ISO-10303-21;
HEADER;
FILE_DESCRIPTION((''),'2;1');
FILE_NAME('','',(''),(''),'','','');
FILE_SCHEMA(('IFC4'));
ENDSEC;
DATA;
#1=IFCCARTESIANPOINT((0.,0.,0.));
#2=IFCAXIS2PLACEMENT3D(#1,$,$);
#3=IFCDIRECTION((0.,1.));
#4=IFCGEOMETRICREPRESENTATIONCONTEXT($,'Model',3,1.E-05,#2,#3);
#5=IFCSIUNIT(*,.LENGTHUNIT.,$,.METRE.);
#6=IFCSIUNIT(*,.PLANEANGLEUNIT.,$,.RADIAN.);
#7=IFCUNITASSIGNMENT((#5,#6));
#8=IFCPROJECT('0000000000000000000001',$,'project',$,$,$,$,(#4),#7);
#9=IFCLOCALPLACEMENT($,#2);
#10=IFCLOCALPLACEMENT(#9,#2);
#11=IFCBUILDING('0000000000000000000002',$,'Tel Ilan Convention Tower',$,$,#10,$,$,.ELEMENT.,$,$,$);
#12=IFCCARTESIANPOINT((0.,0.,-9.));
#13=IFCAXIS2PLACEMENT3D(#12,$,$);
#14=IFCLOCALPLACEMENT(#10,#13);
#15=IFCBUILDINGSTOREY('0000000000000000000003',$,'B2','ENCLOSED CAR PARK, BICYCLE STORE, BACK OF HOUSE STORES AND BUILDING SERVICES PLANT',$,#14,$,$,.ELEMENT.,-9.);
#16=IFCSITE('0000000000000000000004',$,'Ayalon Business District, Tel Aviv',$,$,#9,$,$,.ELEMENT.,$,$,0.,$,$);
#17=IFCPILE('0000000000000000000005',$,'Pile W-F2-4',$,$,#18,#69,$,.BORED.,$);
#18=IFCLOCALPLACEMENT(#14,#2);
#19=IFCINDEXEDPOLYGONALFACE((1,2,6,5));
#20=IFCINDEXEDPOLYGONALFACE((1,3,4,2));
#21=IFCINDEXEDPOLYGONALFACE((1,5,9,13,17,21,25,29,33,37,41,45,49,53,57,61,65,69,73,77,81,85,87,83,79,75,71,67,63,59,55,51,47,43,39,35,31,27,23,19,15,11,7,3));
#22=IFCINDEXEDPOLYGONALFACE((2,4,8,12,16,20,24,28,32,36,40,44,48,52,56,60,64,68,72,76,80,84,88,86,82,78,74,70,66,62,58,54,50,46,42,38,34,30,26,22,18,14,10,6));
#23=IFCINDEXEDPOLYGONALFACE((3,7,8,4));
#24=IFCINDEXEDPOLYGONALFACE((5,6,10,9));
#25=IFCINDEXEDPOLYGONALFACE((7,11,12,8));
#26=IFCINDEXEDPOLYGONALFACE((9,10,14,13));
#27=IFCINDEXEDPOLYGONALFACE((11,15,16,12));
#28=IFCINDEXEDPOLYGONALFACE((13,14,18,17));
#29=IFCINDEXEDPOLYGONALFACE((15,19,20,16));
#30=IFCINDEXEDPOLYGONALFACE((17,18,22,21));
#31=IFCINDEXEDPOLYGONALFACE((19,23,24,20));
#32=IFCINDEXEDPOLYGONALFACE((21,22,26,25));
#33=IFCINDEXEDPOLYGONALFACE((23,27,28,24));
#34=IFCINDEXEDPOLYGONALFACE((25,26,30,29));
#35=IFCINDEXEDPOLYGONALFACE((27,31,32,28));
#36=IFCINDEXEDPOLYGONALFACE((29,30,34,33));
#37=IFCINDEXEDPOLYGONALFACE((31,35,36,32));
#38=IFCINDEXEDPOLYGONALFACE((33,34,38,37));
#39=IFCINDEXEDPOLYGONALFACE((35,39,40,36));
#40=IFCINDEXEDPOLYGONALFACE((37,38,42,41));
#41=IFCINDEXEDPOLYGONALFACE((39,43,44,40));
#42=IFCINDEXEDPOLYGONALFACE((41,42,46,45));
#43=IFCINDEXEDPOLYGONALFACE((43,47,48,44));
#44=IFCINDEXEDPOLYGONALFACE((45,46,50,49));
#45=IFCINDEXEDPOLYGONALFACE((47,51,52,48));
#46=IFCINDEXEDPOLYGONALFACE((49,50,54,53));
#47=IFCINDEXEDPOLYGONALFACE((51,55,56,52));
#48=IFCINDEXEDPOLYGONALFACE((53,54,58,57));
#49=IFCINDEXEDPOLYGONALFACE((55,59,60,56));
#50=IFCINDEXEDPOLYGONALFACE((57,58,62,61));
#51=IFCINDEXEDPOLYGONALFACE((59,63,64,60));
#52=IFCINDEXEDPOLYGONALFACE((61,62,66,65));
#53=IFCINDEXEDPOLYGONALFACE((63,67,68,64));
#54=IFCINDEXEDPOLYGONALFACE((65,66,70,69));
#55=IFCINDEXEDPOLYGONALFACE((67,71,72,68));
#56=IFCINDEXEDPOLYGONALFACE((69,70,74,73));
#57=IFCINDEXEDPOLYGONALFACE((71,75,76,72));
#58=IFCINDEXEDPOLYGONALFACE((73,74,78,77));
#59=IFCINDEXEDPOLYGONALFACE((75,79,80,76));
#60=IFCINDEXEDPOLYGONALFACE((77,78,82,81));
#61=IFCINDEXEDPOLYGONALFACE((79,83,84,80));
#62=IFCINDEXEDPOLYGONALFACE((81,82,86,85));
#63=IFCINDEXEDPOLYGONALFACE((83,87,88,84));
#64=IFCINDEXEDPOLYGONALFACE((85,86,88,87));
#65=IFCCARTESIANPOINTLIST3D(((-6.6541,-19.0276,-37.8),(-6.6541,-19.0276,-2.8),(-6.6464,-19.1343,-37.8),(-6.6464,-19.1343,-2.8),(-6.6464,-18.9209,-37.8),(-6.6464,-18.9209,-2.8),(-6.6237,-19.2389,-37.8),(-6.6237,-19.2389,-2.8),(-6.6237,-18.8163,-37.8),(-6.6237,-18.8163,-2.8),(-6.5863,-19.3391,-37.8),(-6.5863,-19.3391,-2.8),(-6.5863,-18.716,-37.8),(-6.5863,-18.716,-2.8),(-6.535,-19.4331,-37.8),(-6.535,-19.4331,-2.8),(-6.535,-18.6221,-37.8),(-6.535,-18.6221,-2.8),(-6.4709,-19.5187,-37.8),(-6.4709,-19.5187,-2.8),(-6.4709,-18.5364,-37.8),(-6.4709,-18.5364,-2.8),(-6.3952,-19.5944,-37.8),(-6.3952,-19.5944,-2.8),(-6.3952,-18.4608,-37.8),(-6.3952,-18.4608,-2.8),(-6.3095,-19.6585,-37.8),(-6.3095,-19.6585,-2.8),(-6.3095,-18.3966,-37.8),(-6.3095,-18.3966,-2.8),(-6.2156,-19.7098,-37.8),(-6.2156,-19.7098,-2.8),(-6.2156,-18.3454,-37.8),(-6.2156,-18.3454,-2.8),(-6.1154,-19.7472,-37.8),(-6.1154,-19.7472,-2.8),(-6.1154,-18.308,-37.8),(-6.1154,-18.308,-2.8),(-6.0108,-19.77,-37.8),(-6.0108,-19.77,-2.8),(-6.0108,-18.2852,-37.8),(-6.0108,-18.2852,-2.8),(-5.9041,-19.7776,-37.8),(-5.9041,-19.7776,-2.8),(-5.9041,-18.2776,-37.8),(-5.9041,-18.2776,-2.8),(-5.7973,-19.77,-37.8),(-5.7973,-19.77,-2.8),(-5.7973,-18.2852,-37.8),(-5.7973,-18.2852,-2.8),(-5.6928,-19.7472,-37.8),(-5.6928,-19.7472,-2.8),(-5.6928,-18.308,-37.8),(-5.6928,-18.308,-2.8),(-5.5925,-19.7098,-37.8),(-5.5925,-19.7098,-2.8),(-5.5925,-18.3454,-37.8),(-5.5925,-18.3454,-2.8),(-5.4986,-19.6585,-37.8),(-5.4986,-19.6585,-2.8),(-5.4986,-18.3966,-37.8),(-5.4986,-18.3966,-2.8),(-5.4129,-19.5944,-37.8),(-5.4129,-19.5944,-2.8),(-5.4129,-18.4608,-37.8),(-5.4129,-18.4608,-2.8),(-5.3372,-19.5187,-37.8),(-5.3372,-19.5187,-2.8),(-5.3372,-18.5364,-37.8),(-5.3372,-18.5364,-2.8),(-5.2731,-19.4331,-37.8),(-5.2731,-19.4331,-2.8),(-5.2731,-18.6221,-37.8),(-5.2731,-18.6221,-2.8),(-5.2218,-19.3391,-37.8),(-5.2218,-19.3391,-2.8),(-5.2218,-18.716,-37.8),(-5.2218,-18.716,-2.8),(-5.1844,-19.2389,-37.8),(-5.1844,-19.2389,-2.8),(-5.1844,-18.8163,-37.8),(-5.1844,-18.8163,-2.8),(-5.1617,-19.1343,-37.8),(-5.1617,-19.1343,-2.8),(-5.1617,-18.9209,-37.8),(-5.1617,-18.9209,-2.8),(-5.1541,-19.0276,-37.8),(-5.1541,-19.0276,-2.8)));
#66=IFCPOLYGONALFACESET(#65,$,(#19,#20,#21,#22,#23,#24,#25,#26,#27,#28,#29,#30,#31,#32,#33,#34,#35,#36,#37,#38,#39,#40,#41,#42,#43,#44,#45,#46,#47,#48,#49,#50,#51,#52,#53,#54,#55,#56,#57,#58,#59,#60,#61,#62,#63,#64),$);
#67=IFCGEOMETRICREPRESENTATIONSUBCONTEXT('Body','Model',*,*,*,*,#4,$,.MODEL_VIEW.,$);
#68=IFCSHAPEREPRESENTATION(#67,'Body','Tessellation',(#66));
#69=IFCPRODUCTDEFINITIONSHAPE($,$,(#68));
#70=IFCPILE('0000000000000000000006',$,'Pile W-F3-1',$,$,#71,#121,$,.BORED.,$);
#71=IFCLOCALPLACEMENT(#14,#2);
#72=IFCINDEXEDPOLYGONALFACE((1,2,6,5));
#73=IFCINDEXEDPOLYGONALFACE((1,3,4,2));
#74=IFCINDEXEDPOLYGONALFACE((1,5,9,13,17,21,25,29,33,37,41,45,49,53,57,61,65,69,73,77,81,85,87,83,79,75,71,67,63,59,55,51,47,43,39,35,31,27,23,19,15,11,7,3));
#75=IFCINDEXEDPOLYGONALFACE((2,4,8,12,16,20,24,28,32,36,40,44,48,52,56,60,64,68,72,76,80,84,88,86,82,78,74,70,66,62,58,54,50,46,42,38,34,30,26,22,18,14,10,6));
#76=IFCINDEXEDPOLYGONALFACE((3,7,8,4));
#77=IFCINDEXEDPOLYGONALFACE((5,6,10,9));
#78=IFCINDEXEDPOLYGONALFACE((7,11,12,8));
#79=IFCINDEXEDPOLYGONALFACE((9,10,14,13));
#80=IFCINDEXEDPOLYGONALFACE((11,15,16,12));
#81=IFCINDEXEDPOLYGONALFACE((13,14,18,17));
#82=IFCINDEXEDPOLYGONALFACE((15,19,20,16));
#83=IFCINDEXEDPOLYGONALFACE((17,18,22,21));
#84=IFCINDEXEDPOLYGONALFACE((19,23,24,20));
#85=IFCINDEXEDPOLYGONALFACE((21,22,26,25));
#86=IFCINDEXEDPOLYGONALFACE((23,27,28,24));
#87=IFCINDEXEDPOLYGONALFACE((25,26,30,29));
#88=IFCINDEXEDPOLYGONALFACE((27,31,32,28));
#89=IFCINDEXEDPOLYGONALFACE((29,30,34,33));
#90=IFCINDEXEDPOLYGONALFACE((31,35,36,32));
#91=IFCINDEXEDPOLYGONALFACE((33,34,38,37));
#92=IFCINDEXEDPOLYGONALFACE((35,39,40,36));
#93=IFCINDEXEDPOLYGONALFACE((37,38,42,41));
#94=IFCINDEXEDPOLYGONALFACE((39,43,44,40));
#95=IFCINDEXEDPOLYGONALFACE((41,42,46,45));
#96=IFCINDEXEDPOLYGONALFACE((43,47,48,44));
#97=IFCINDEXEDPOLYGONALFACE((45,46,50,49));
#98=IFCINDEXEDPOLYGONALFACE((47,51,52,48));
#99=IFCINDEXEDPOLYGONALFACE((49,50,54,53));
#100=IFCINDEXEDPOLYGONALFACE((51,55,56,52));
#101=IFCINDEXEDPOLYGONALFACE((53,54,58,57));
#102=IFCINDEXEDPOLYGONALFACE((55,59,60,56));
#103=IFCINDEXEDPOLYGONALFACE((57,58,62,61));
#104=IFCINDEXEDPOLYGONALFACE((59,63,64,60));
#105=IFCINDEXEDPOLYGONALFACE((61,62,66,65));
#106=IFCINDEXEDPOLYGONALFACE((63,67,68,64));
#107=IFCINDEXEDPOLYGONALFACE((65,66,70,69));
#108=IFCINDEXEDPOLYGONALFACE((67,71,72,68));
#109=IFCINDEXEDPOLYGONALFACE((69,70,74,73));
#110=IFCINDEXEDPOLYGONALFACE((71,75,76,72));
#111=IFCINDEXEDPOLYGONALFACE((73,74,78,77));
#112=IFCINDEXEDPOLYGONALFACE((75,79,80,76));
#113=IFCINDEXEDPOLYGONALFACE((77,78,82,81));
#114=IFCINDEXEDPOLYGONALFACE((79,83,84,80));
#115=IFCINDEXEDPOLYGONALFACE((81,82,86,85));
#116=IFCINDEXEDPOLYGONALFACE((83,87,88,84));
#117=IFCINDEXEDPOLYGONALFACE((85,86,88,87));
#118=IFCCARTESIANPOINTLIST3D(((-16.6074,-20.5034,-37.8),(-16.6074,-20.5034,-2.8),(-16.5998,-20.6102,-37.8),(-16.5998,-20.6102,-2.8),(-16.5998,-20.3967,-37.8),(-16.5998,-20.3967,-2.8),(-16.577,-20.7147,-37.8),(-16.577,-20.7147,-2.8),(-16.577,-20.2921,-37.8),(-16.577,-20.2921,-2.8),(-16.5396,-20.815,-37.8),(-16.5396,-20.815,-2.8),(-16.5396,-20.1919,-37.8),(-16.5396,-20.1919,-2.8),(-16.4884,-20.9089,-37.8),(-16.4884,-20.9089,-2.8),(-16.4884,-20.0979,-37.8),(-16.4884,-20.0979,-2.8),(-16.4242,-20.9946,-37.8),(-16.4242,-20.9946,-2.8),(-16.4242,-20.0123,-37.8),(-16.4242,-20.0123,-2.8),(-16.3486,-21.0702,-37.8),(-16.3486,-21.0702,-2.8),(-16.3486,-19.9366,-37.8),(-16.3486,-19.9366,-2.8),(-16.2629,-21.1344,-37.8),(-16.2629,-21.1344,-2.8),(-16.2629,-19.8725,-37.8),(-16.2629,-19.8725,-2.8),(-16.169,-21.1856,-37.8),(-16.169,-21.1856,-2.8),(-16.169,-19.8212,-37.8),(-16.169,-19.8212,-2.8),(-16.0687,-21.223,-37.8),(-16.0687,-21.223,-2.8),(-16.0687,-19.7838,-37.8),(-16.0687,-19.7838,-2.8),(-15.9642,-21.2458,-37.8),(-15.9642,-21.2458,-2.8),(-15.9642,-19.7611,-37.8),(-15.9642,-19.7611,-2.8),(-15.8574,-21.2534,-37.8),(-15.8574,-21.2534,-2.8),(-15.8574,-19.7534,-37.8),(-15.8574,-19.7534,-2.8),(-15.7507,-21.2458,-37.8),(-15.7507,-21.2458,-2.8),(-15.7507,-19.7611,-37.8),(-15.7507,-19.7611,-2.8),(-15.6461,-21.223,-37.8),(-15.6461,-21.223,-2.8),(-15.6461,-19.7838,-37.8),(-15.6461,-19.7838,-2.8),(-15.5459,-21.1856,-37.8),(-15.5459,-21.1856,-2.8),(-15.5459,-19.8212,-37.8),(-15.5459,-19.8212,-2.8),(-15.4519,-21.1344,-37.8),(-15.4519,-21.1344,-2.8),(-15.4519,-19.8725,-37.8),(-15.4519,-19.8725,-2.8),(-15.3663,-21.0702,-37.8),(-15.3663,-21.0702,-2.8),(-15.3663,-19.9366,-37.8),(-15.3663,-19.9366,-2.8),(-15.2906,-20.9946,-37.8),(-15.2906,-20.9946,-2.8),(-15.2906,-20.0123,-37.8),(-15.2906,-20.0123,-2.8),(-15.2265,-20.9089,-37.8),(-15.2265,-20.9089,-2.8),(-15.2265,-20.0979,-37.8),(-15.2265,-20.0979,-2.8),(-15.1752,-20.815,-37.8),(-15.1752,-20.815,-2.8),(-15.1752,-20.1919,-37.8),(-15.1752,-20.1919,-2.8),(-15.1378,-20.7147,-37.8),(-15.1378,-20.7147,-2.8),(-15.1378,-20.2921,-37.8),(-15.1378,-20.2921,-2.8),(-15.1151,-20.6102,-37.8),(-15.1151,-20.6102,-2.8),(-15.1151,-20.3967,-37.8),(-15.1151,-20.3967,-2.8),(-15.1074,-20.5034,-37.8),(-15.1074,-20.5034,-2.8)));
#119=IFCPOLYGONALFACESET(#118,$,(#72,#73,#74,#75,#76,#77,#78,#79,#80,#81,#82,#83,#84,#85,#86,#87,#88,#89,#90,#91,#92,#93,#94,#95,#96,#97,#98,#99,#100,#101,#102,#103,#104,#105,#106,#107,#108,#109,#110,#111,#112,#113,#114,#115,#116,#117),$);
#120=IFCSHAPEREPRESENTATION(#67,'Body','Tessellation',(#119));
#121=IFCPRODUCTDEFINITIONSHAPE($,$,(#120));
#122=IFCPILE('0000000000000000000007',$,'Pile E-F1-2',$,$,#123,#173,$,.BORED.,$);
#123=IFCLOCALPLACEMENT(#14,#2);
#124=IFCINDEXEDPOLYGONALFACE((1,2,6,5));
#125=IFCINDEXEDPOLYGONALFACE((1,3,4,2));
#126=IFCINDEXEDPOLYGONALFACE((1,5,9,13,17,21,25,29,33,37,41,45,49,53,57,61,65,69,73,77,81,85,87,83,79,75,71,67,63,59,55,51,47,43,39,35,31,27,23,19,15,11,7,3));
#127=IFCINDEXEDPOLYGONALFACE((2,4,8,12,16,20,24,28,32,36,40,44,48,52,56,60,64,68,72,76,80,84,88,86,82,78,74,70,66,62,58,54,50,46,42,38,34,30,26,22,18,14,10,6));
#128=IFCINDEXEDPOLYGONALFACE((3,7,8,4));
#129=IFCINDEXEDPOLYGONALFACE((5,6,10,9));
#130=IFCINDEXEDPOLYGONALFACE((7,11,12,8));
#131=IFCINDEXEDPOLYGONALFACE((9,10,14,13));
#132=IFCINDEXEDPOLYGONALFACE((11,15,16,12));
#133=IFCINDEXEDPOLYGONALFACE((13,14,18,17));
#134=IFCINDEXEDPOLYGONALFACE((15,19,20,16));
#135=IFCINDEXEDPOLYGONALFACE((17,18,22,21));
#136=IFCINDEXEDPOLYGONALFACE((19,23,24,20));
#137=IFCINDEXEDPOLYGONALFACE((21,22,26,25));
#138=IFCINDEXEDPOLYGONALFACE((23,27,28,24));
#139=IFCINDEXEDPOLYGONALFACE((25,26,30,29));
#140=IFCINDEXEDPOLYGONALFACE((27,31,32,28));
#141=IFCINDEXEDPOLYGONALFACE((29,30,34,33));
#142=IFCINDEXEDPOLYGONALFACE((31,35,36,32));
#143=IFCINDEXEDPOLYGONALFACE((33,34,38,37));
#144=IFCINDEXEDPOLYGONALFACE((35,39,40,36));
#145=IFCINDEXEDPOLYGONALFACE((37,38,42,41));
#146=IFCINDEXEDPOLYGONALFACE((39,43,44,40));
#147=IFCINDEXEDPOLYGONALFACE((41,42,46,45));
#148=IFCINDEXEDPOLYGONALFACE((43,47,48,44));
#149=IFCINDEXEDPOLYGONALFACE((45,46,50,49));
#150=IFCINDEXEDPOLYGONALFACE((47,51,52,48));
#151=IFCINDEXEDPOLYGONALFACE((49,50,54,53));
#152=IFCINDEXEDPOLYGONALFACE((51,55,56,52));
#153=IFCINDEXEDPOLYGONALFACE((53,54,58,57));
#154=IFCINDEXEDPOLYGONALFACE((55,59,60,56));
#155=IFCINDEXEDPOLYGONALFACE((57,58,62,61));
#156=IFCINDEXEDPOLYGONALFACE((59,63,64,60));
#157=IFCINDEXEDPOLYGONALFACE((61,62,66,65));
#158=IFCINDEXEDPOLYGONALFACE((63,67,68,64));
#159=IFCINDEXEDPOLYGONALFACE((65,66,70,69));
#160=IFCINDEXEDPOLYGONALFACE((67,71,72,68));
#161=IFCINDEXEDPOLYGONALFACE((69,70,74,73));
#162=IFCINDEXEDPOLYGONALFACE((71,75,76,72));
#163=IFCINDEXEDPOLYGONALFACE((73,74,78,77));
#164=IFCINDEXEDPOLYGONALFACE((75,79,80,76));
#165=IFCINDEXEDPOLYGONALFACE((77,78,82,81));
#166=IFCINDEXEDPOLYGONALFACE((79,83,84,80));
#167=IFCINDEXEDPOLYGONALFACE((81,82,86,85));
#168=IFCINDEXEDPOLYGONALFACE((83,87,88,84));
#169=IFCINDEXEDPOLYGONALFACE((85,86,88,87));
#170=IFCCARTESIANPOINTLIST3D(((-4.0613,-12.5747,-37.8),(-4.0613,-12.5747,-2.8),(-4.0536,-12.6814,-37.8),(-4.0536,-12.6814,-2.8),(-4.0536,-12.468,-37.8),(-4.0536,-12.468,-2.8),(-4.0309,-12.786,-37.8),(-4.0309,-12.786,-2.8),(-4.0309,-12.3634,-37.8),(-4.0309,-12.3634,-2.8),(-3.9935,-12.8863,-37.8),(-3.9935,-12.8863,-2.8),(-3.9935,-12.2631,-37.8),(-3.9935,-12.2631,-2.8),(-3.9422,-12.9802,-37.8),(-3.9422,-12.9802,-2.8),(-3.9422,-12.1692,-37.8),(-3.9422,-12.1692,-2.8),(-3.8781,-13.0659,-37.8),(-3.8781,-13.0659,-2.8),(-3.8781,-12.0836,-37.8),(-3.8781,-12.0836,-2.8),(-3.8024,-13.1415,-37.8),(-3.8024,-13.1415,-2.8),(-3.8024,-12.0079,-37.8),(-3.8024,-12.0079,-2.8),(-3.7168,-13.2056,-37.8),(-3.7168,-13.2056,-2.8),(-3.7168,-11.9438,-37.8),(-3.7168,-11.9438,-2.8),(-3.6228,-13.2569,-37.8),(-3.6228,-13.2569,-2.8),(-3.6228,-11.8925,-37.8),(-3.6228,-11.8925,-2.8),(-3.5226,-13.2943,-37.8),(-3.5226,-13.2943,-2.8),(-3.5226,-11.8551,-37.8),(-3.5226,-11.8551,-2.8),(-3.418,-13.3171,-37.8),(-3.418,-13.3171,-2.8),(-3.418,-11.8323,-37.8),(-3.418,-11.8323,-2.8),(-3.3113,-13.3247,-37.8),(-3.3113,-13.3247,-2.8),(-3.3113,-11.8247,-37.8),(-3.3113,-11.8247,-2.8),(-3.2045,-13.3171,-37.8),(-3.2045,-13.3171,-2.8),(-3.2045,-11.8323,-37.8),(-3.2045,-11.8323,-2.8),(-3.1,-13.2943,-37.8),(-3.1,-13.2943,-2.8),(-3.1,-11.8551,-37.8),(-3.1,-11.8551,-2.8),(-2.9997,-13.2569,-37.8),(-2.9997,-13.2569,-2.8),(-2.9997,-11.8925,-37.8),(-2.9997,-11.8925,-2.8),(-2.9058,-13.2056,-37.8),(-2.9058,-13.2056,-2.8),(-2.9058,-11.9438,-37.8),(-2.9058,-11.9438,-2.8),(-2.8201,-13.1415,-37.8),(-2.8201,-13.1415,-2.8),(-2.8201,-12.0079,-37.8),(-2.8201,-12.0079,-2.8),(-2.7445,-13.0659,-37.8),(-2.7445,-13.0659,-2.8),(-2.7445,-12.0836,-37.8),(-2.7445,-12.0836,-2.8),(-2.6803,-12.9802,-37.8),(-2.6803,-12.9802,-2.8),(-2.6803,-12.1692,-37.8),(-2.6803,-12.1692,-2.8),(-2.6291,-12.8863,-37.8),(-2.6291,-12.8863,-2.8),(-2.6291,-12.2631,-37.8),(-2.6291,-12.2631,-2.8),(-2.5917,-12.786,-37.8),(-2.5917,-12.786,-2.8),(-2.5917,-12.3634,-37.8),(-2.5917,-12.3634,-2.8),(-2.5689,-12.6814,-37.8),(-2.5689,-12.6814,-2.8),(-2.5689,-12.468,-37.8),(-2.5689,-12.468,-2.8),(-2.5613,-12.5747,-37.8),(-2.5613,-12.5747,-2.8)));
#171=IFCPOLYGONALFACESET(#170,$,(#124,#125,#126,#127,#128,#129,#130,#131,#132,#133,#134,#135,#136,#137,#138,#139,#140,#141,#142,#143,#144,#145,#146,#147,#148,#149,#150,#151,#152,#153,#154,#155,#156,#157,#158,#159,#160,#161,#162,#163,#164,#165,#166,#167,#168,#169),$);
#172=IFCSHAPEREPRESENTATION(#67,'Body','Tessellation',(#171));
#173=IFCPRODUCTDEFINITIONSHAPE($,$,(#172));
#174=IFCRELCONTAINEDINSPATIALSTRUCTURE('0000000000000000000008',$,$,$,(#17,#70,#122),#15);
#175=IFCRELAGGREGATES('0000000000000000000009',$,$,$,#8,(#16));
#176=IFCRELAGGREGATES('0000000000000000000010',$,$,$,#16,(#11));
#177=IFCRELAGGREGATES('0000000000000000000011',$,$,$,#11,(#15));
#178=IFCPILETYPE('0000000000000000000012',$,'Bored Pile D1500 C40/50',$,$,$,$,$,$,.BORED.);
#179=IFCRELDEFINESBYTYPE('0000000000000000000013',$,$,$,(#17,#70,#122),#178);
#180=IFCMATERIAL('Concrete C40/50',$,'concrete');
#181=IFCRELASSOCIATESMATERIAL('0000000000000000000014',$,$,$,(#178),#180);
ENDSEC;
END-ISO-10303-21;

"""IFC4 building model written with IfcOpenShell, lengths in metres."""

from ifc_helpers import new_model, si_unit, direction, frame, origin, origin_2d, place, context, subcontext, project, spatial, circle, extrude, material, material_profile, profile_set, type_object, element, save


model = new_model("IFC4")

# Units and contexts
model_context = context("Model", 3, precision=1e-05, world=origin(), true_north=direction((0.0, 1.0)))
body_context = subcontext(model_context, "Body", "Model", "MODEL_VIEW")
ifc_project = project(units=[si_unit("LENGTHUNIT", "METRE"), si_unit("PLANEANGLEUNIT", "RADIAN")], contexts=[model_context])

# Site, building, storey
site_placement = place(None, origin())
site = spatial("IfcSite", under=ifc_project, at=site_placement, Name="Ayalon Business District, Tel Aviv", CompositionType="ELEMENT", RefElevation=0.0)
building_placement = place(site_placement, origin())
building = spatial("IfcBuilding", under=site, at=building_placement, Name="Tel Ilan Convention Tower", CompositionType="ELEMENT")
storey_placement = place(building_placement, frame((0.0, 0.0, -9.0)))
storey = spatial("IfcBuildingStorey", under=building, at=storey_placement, Name="B2", Description="ENCLOSED CAR PARK, BICYCLE STORE, BACK OF HOUSE STORES AND BUILDING SERVICES PLANT", CompositionType="ELEMENT", Elevation=-9.0)

# Piles
ifc_material_1 = material(Name="Concrete C40/50", Category="concrete")
ifc_material_profile_1 = material_profile(ifc_material_1, circle(Radius=0.75, at=origin_2d()), Name="BORED D1500")
ifc_profile_set_1 = profile_set([ifc_material_profile_1], Name="Concrete C40/50")
pile_type = type_object("IfcPileType", Name="Bored Pile D1500 C40/50", PredefinedType="BORED", material=ifc_profile_set_1)
for number, where, z_axis, x_axis, name in (
    (1, (-5.9041, -19.0276, -2.8), (0.0, 0.0, -1.0), (1.0, 0.0, 0.0), "Pile W-F2-4"),
    (2, (-15.8574, -20.5034, -2.8), (0.0, 0.0, -1.0), (1.0, 0.0, 0.0), "Pile W-F3-1"),
    (3, (-3.3113, -12.5747, -2.8), (0.0, 0.0, -1.0), (1.0, 0.0, 0.0), "Pile E-F1-2"),
):
    element("IfcPile", number, at=place(storey_placement, frame(where, z_axis=z_axis, x_axis=x_axis)), inside=storey, type_object=pile_type, Name=name, PredefinedType="BORED", context=body_context, shape_type="SweptSolid", body=[
        extrude(circle(Radius=0.75, at=origin_2d()), origin(), (0.0, 0.0, 1.0), 35.0),
    ])

save(model, "model.ifc")
